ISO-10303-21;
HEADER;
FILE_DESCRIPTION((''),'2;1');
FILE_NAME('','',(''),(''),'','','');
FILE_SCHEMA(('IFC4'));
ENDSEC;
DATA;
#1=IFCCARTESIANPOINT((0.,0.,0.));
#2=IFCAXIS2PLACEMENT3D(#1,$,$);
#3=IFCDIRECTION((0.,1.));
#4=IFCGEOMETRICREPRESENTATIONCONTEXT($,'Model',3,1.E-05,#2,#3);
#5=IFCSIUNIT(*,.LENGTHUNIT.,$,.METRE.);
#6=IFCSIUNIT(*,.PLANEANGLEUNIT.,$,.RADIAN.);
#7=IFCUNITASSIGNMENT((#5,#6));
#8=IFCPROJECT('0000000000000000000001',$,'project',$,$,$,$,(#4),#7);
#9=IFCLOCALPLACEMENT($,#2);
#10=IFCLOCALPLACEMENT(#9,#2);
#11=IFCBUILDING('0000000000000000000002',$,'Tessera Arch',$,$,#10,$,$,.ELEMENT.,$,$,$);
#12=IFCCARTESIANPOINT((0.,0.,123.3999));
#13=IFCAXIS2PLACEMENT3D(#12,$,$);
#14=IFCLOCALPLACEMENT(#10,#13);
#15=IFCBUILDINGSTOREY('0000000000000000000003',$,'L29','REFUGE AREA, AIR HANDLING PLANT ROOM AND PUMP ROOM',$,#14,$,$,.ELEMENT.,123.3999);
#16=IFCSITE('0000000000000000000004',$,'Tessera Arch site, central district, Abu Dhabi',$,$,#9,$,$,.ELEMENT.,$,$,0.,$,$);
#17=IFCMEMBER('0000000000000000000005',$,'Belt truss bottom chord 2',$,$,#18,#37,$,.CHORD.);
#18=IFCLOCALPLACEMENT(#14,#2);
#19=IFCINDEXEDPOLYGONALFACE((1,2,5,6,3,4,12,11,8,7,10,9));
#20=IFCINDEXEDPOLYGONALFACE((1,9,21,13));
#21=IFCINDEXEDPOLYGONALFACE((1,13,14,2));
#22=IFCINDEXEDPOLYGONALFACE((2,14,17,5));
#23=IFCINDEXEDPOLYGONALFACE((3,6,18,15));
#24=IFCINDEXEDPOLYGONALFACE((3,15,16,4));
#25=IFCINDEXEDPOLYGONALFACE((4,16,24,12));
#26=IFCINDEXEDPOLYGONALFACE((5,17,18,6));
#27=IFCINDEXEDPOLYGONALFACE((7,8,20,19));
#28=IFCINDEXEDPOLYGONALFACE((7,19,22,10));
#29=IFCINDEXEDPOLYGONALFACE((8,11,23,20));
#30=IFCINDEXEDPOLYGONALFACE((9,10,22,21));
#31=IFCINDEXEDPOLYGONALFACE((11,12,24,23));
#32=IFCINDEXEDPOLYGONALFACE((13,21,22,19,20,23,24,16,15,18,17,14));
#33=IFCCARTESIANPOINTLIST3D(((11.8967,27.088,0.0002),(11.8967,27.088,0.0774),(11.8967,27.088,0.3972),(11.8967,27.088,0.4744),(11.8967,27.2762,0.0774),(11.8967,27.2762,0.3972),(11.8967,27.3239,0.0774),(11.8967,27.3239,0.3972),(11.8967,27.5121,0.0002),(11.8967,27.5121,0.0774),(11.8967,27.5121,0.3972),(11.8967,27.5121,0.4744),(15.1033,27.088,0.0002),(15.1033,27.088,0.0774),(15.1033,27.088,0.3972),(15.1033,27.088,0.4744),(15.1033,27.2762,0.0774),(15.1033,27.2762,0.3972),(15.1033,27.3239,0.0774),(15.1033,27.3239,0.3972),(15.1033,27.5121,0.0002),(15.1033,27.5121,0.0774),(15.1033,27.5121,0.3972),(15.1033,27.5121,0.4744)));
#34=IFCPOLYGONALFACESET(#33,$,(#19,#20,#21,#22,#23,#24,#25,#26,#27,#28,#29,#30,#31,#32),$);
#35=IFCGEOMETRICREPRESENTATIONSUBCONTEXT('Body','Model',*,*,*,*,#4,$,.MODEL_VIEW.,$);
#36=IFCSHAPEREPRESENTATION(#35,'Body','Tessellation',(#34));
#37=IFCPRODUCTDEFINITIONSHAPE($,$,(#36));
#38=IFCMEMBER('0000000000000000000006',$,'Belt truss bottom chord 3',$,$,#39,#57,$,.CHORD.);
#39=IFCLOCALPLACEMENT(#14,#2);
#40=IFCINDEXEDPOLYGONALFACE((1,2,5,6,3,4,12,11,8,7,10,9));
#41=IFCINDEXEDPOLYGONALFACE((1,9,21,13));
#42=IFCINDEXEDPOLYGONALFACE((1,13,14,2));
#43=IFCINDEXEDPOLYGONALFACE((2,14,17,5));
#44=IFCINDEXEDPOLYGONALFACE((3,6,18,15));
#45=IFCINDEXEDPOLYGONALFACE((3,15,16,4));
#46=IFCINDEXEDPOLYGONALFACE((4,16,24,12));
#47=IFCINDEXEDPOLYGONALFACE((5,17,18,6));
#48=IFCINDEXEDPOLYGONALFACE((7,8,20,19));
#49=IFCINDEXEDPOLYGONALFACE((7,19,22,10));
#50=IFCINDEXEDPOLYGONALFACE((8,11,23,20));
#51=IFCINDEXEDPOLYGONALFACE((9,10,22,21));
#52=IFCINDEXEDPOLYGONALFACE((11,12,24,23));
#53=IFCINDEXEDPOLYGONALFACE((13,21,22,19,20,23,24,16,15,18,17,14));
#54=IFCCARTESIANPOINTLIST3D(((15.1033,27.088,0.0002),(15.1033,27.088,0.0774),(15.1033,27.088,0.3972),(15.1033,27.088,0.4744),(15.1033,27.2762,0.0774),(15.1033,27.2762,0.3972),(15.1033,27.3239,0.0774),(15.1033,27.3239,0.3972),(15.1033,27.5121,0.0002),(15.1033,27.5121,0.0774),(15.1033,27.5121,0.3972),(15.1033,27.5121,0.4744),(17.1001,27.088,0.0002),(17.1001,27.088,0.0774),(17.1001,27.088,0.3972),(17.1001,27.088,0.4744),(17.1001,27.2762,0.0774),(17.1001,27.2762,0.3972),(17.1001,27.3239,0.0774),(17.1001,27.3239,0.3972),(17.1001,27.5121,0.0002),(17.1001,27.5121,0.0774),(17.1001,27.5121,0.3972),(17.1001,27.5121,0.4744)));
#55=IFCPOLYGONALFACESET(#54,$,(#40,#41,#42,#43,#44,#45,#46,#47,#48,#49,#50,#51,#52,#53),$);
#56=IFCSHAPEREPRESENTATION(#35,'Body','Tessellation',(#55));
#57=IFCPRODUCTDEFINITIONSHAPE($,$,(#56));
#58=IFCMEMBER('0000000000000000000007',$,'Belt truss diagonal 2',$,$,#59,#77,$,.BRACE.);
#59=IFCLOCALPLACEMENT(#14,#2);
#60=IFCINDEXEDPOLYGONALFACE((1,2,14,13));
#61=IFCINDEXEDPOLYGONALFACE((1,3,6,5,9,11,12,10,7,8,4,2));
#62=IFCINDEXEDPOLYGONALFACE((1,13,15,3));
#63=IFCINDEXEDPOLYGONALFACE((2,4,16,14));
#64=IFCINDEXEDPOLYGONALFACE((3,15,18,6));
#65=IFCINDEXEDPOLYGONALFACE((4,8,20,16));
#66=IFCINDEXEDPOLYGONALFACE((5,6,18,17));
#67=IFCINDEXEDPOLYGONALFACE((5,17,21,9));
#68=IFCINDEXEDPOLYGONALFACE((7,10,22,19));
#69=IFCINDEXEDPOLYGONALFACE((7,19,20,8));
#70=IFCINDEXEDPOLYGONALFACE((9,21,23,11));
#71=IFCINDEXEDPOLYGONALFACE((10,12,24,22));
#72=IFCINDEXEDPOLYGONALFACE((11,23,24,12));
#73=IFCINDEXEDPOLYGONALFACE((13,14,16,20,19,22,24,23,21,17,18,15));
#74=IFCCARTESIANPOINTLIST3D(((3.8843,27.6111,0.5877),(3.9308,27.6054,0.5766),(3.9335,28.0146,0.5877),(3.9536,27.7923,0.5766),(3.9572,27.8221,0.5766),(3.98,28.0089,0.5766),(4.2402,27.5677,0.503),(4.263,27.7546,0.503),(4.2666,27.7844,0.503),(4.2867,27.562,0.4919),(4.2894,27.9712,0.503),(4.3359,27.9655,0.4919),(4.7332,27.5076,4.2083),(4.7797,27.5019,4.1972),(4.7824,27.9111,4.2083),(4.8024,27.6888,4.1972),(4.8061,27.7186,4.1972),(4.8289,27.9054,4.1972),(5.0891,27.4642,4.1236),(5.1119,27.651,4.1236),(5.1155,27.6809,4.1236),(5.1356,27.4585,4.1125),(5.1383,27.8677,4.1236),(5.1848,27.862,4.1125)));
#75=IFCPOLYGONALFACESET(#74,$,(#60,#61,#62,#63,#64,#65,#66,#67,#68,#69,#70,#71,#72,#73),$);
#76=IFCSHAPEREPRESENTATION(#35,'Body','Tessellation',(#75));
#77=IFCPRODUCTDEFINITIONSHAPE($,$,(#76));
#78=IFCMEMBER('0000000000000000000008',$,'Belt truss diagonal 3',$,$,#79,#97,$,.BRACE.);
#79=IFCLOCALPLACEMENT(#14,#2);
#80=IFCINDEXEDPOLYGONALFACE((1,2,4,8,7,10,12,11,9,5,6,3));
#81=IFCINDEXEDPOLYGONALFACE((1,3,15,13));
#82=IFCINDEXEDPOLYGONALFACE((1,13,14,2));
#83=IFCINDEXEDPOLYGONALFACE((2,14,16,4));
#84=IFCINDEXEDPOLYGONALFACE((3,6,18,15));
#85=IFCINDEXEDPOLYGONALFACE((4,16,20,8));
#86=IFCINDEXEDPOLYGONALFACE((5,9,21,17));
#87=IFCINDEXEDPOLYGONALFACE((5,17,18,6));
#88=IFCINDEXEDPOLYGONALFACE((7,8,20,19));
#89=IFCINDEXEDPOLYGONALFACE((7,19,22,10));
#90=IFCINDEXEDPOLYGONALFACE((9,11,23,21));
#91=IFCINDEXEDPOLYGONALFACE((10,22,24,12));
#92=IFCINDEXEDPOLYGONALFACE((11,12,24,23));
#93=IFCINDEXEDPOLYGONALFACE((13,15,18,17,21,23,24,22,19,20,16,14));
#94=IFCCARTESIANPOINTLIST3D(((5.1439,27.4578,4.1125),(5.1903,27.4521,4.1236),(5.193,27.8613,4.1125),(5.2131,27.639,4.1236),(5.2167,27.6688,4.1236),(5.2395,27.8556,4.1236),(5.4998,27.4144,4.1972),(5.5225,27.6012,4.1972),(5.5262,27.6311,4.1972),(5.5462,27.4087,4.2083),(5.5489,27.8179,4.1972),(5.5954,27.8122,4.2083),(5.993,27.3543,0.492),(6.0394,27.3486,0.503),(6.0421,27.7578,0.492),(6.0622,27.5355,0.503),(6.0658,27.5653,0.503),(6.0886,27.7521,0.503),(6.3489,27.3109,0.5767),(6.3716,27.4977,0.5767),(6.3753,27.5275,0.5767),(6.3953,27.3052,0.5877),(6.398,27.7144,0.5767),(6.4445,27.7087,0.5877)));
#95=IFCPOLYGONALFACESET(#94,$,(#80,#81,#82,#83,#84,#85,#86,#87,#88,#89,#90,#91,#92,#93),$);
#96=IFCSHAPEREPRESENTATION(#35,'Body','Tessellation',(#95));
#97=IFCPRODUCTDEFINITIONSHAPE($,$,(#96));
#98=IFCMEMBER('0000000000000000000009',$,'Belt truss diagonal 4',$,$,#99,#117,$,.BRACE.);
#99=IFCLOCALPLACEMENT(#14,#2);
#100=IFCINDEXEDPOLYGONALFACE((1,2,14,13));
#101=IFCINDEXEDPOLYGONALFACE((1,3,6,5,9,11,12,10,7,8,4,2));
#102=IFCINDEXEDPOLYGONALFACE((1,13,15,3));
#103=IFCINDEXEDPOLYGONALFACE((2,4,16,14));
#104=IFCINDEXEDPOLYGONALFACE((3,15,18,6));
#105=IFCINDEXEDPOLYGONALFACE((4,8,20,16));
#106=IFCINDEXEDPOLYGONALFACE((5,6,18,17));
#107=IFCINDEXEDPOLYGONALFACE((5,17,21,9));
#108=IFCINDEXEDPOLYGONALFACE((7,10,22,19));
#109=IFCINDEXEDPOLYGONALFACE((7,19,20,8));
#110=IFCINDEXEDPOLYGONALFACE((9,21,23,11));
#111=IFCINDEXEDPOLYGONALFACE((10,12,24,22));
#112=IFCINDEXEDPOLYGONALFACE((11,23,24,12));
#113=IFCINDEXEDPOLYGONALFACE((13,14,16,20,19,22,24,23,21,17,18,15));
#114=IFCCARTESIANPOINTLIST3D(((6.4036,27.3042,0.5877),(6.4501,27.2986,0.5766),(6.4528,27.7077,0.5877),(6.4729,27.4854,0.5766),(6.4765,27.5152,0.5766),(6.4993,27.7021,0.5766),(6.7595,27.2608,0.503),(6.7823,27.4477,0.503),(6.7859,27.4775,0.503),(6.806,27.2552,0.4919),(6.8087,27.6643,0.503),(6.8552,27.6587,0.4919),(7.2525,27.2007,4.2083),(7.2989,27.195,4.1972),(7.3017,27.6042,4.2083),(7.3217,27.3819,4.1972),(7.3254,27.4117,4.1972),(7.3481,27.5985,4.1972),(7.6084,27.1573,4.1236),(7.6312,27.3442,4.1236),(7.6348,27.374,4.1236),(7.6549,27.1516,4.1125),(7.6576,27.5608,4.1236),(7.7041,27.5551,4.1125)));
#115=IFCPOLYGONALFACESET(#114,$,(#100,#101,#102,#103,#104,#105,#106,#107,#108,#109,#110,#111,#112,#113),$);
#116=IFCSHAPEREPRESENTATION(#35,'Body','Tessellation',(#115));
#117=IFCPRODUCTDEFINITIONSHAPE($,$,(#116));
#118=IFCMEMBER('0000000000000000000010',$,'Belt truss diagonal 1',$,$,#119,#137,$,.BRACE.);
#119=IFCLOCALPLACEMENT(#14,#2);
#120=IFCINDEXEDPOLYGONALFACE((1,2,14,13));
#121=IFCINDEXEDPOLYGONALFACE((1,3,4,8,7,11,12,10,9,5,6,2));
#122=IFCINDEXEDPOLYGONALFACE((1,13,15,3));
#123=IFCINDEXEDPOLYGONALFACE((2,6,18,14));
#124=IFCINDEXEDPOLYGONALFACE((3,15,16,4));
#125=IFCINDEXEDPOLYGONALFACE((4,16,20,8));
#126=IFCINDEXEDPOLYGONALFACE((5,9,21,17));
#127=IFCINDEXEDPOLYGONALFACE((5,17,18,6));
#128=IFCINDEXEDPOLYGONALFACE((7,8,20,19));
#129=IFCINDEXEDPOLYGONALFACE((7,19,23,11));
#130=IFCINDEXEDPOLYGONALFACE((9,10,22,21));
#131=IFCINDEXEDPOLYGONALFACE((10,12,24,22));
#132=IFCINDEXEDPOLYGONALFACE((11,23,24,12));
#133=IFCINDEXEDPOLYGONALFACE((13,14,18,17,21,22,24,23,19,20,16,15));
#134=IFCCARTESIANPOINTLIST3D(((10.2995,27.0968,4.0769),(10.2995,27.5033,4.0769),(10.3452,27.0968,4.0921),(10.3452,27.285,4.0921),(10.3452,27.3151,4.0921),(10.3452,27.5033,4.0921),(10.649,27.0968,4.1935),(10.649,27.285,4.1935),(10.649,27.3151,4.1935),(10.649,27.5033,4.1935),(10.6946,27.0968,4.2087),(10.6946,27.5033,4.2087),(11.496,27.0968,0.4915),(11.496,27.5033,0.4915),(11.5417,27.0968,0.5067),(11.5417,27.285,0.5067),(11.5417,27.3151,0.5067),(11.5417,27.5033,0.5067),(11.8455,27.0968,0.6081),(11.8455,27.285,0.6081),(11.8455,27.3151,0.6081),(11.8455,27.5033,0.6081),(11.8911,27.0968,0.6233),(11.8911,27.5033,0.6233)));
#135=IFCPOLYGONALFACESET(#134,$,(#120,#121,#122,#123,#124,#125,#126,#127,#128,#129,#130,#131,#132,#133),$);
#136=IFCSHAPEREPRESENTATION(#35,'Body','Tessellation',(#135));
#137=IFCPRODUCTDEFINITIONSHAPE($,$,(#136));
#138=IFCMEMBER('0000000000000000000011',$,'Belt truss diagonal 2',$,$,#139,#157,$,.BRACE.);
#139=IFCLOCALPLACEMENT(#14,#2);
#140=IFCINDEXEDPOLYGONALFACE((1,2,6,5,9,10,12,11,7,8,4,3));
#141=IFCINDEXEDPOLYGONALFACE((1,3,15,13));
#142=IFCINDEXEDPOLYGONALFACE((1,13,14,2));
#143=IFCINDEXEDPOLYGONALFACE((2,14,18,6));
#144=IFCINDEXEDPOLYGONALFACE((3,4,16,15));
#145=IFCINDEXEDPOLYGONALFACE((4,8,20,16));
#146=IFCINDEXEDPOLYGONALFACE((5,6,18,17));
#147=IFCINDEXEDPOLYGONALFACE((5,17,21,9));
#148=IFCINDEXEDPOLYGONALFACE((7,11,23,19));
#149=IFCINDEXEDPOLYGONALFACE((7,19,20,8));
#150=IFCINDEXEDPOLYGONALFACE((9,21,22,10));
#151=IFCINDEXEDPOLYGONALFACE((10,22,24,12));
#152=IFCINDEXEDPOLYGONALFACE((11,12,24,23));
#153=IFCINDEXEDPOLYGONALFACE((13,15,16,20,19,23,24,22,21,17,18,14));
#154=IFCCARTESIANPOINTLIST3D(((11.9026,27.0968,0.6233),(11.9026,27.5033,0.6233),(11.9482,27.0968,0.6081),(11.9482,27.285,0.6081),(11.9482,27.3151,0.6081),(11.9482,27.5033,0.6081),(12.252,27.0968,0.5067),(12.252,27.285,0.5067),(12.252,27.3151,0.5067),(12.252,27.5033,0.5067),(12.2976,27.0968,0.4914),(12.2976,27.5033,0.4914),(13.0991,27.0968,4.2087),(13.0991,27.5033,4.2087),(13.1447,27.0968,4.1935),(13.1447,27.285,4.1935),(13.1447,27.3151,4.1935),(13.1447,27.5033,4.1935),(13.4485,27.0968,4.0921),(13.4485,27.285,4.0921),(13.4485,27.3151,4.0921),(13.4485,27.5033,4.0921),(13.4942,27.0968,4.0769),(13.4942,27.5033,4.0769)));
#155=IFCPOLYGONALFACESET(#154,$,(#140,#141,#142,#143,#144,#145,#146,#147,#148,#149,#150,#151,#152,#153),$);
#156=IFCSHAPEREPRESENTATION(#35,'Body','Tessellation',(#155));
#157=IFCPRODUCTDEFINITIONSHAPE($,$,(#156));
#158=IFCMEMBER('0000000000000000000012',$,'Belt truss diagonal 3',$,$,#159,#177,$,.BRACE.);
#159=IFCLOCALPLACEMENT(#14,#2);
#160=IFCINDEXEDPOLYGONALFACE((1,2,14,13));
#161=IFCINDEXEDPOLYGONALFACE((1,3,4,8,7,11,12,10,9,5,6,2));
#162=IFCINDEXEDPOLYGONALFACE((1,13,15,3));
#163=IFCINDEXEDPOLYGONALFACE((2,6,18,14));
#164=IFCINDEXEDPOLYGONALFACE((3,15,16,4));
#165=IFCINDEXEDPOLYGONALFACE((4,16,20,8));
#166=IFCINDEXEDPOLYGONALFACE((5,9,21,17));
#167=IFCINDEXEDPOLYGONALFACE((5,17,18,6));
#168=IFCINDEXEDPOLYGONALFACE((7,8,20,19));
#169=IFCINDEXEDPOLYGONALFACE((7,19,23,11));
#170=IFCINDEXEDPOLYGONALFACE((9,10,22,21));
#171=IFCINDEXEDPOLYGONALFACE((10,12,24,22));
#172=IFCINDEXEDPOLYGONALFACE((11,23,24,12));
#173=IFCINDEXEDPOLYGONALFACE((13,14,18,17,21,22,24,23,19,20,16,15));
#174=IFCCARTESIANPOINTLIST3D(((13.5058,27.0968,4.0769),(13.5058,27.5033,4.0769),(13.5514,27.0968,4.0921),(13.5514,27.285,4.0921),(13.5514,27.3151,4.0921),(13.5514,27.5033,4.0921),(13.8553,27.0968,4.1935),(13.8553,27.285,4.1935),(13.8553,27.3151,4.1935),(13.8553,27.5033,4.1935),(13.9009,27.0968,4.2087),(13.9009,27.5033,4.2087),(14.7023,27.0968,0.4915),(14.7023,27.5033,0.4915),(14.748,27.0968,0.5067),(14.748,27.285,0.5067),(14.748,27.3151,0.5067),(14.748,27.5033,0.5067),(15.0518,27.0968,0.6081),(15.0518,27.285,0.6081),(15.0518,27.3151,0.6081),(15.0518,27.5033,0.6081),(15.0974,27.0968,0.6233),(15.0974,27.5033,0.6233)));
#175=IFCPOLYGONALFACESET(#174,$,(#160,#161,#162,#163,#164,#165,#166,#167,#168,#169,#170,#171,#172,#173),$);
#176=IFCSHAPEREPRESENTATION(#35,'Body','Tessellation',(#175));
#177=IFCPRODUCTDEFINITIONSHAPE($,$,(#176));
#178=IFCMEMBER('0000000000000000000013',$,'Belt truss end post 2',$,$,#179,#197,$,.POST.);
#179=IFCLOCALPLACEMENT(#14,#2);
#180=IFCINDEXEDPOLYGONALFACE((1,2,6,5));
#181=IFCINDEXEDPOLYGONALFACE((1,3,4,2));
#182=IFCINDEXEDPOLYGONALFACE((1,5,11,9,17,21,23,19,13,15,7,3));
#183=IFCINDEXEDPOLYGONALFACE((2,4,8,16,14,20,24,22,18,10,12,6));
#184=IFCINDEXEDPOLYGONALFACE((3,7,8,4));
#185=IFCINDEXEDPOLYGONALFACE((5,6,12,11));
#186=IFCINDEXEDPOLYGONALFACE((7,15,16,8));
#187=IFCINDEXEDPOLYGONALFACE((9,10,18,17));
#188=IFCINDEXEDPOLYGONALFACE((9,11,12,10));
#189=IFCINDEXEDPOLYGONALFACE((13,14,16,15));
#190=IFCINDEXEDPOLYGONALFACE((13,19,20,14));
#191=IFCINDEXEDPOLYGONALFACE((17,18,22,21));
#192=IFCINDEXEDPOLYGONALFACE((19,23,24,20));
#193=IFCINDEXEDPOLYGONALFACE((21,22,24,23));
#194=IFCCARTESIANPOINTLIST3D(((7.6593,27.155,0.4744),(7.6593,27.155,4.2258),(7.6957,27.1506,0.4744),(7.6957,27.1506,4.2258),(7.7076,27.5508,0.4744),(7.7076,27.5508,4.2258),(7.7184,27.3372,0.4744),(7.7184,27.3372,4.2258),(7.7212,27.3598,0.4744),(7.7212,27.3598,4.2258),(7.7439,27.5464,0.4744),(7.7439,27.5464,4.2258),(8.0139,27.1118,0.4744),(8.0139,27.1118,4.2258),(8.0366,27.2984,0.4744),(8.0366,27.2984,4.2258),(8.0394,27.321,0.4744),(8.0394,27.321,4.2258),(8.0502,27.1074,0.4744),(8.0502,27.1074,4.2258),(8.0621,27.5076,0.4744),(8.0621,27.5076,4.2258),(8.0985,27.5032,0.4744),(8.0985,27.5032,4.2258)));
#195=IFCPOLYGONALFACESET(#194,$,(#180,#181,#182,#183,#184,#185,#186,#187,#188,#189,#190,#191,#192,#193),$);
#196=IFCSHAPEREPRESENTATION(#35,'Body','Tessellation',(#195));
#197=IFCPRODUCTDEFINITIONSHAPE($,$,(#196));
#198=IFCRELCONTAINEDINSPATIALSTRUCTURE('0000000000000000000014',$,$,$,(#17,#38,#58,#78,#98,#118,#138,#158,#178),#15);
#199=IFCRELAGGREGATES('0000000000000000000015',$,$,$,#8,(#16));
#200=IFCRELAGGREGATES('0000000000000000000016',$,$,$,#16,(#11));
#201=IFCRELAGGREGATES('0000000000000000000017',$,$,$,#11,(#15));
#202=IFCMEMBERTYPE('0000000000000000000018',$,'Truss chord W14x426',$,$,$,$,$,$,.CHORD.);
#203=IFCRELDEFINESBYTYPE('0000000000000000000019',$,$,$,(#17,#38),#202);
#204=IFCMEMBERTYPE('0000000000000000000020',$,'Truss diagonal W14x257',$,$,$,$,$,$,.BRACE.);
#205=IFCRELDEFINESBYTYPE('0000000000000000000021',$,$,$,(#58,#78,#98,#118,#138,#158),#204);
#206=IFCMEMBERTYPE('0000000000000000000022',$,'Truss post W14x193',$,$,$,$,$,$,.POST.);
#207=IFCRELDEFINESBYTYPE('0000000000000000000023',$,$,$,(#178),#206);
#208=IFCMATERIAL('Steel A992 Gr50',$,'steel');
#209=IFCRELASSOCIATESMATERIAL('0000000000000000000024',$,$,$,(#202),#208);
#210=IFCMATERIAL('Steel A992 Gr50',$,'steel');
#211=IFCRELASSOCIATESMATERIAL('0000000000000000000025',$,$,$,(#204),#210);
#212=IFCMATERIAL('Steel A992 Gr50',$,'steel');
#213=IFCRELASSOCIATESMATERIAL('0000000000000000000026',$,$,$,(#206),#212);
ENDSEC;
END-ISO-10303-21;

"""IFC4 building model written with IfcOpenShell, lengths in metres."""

from ifc_helpers import new_model, si_unit, direction, frame, origin, origin_2d, place, context, subcontext, project, spatial, i_section, extrude, material, material_profile, profile_set, type_object, element, save


model = new_model("IFC4")

# Units and contexts
model_context = context("Model", 3, precision=1e-05, world=origin(), true_north=direction((0.0, 1.0)))
body_context = subcontext(model_context, "Body", "Model", "MODEL_VIEW")
ifc_project = project(units=[si_unit("LENGTHUNIT", "METRE"), si_unit("PLANEANGLEUNIT", "RADIAN")], contexts=[model_context])

# Site, building, storey
site_placement = place(None, origin())
site = spatial("IfcSite", under=ifc_project, at=site_placement, Name="Tessera Arch site, central district, Abu Dhabi", CompositionType="ELEMENT", RefElevation=0.0)
building_placement = place(site_placement, origin())
building = spatial("IfcBuilding", under=site, at=building_placement, Name="Tessera Arch", CompositionType="ELEMENT")
storey_placement = place(building_placement, frame((0.0, 0.0, 123.3999)))
storey = spatial("IfcBuildingStorey", under=building, at=storey_placement, Name="L29", Description="REFUGE AREA, AIR HANDLING PLANT ROOM AND PUMP ROOM", CompositionType="ELEMENT", Elevation=123.3999)

# Members
ifc_material_1 = material(Name="Steel A992 Gr50", Category="steel")
ifc_material_profile_1 = material_profile(ifc_material_1, i_section(OverallWidth=0.4241, OverallDepth=0.4741, WebThickness=0.0476, FlangeThickness=0.0771, at=origin_2d()), Name="W14x426")
ifc_profile_set_1 = profile_set([ifc_material_profile_1], Name="Steel A992 Gr50")
member_type_1 = type_object("IfcMemberType", Name="Truss chord W14x426", PredefinedType="CHORD", material=ifc_profile_set_1)
member_1_placement = place(storey_placement, frame((11.8967, 27.3, 0.2373), z_axis=(1.0, 0.0, 0.0), x_axis=(0.0, 1.0, 0.0)))
element("IfcMember", 1, at=member_1_placement, inside=storey, type_object=member_type_1, Name="Belt truss bottom chord 2", PredefinedType="CHORD", context=body_context, shape_type="SweptSolid", body=[
    extrude(i_section(OverallWidth=0.4241, OverallDepth=0.4741, WebThickness=0.0476, FlangeThickness=0.0771, at=origin_2d()), origin(), (0.0, 0.0, 1.0), 3.2065),
])
member_2_placement = place(storey_placement, frame((15.1033, 27.3, 0.2373), z_axis=(1.0, 0.0, 0.0), x_axis=(0.0, 1.0, 0.0)))
element("IfcMember", 2, at=member_2_placement, inside=storey, type_object=member_type_1, Name="Belt truss bottom chord 3", PredefinedType="CHORD", context=body_context, shape_type="SweptSolid", body=[
    extrude(i_section(OverallWidth=0.4241, OverallDepth=0.4741, WebThickness=0.0476, FlangeThickness=0.0771, at=origin_2d()), origin(), (0.0, 0.0, 1.0), 1.9968),
])
ifc_material_2 = material(Name="Steel A992 Gr50", Category="steel")
ifc_material_profile_2 = material_profile(ifc_material_2, i_section(OverallWidth=0.4065, OverallDepth=0.4165, WebThickness=0.03, FlangeThickness=0.0481, at=origin_2d()), Name="W14x257")
ifc_profile_set_2 = profile_set([ifc_material_profile_2], Name="Steel A992 Gr50")
member_type_2 = type_object("IfcMemberType", Name="Truss diagonal W14x257", PredefinedType="BRACE", material=ifc_profile_set_2)
for number, where, z_axis, x_axis, name in (
    (3, (4.1101, 27.7883, 0.5398), (0.228179, -0.027825, 0.973222), (0.121048, 0.992647, 0.0), "Belt truss diagonal 2"),
    (4, (5.3696, 27.635, 4.1604), (0.228241, -0.027825, -0.973207), (0.121013, 0.992651, 0.0), "Belt truss diagonal 3"),
    (5, (6.6294, 27.4814, 0.5398), (0.228179, -0.027825, 0.973222), (0.121048, 0.992647, 0.0), "Belt truss diagonal 4"),
):
    element("IfcMember", number, at=place(storey_placement, frame(where, z_axis=z_axis, x_axis=x_axis)), inside=storey, type_object=member_type_2, Name=name, PredefinedType="BRACE", context=body_context, shape_type="SweptSolid", body=[
        extrude(i_section(OverallWidth=0.4065, OverallDepth=0.4165, WebThickness=0.03, FlangeThickness=0.0481, at=origin_2d()), origin(), (0.0, 0.0, 1.0), 3.7202),
    ])
for number, where, z_axis, x_axis, name in (
    (6, (10.4971, 27.3, 4.1428), (0.316557, 0.0, -0.948573), (0.0, 1.0, 0.0), "Belt truss diagonal 1"),
    (7, (12.1001, 27.3, 0.5574), (0.316557, 0.0, 0.948573), (0.0, 1.0, 0.0), "Belt truss diagonal 2"),
    (8, (13.7034, 27.3, 4.1428), (0.316557, 0.0, -0.948573), (0.0, 1.0, 0.0), "Belt truss diagonal 3"),
):
    element("IfcMember", number, at=place(storey_placement, frame(where, z_axis=z_axis, x_axis=x_axis)), inside=storey, type_object=member_type_2, Name=name, PredefinedType="BRACE", context=body_context, shape_type="SweptSolid", body=[
        extrude(i_section(OverallWidth=0.4065, OverallDepth=0.4165, WebThickness=0.03, FlangeThickness=0.0481, at=origin_2d()), origin(), (0.0, 0.0, 1.0), 3.7798),
    ])
ifc_material_3 = material(Name="Steel A992 Gr50", Category="steel")
ifc_material_profile_3 = material_profile(ifc_material_3, i_section(OverallWidth=0.3987, OverallDepth=0.3938, WebThickness=0.0227, FlangeThickness=0.0366, at=origin_2d()), Name="W14x193")
ifc_profile_set_3 = profile_set([ifc_material_profile_3], Name="Steel A992 Gr50")
member_type_3 = type_object("IfcMemberType", Name="Truss post W14x193", PredefinedType="POST", material=ifc_profile_set_3)
for number, where, z_axis, x_axis, name in (
    (9, (7.8789, 27.3291, 0.4744), (0.0, 0.0, 1.0), (0.120952, 0.992658, 0.0), "Belt truss end post 2"),
):
    element("IfcMember", number, at=place(storey_placement, frame(where, z_axis=z_axis, x_axis=x_axis)), inside=storey, type_object=member_type_3, Name=name, PredefinedType="POST", context=body_context, shape_type="SweptSolid", body=[
        extrude(i_section(OverallWidth=0.3987, OverallDepth=0.3938, WebThickness=0.0227, FlangeThickness=0.0366, at=origin_2d()), origin(), (0.0, 0.0, 1.0), 3.7515),
    ])

save(model, "model.ifc")
